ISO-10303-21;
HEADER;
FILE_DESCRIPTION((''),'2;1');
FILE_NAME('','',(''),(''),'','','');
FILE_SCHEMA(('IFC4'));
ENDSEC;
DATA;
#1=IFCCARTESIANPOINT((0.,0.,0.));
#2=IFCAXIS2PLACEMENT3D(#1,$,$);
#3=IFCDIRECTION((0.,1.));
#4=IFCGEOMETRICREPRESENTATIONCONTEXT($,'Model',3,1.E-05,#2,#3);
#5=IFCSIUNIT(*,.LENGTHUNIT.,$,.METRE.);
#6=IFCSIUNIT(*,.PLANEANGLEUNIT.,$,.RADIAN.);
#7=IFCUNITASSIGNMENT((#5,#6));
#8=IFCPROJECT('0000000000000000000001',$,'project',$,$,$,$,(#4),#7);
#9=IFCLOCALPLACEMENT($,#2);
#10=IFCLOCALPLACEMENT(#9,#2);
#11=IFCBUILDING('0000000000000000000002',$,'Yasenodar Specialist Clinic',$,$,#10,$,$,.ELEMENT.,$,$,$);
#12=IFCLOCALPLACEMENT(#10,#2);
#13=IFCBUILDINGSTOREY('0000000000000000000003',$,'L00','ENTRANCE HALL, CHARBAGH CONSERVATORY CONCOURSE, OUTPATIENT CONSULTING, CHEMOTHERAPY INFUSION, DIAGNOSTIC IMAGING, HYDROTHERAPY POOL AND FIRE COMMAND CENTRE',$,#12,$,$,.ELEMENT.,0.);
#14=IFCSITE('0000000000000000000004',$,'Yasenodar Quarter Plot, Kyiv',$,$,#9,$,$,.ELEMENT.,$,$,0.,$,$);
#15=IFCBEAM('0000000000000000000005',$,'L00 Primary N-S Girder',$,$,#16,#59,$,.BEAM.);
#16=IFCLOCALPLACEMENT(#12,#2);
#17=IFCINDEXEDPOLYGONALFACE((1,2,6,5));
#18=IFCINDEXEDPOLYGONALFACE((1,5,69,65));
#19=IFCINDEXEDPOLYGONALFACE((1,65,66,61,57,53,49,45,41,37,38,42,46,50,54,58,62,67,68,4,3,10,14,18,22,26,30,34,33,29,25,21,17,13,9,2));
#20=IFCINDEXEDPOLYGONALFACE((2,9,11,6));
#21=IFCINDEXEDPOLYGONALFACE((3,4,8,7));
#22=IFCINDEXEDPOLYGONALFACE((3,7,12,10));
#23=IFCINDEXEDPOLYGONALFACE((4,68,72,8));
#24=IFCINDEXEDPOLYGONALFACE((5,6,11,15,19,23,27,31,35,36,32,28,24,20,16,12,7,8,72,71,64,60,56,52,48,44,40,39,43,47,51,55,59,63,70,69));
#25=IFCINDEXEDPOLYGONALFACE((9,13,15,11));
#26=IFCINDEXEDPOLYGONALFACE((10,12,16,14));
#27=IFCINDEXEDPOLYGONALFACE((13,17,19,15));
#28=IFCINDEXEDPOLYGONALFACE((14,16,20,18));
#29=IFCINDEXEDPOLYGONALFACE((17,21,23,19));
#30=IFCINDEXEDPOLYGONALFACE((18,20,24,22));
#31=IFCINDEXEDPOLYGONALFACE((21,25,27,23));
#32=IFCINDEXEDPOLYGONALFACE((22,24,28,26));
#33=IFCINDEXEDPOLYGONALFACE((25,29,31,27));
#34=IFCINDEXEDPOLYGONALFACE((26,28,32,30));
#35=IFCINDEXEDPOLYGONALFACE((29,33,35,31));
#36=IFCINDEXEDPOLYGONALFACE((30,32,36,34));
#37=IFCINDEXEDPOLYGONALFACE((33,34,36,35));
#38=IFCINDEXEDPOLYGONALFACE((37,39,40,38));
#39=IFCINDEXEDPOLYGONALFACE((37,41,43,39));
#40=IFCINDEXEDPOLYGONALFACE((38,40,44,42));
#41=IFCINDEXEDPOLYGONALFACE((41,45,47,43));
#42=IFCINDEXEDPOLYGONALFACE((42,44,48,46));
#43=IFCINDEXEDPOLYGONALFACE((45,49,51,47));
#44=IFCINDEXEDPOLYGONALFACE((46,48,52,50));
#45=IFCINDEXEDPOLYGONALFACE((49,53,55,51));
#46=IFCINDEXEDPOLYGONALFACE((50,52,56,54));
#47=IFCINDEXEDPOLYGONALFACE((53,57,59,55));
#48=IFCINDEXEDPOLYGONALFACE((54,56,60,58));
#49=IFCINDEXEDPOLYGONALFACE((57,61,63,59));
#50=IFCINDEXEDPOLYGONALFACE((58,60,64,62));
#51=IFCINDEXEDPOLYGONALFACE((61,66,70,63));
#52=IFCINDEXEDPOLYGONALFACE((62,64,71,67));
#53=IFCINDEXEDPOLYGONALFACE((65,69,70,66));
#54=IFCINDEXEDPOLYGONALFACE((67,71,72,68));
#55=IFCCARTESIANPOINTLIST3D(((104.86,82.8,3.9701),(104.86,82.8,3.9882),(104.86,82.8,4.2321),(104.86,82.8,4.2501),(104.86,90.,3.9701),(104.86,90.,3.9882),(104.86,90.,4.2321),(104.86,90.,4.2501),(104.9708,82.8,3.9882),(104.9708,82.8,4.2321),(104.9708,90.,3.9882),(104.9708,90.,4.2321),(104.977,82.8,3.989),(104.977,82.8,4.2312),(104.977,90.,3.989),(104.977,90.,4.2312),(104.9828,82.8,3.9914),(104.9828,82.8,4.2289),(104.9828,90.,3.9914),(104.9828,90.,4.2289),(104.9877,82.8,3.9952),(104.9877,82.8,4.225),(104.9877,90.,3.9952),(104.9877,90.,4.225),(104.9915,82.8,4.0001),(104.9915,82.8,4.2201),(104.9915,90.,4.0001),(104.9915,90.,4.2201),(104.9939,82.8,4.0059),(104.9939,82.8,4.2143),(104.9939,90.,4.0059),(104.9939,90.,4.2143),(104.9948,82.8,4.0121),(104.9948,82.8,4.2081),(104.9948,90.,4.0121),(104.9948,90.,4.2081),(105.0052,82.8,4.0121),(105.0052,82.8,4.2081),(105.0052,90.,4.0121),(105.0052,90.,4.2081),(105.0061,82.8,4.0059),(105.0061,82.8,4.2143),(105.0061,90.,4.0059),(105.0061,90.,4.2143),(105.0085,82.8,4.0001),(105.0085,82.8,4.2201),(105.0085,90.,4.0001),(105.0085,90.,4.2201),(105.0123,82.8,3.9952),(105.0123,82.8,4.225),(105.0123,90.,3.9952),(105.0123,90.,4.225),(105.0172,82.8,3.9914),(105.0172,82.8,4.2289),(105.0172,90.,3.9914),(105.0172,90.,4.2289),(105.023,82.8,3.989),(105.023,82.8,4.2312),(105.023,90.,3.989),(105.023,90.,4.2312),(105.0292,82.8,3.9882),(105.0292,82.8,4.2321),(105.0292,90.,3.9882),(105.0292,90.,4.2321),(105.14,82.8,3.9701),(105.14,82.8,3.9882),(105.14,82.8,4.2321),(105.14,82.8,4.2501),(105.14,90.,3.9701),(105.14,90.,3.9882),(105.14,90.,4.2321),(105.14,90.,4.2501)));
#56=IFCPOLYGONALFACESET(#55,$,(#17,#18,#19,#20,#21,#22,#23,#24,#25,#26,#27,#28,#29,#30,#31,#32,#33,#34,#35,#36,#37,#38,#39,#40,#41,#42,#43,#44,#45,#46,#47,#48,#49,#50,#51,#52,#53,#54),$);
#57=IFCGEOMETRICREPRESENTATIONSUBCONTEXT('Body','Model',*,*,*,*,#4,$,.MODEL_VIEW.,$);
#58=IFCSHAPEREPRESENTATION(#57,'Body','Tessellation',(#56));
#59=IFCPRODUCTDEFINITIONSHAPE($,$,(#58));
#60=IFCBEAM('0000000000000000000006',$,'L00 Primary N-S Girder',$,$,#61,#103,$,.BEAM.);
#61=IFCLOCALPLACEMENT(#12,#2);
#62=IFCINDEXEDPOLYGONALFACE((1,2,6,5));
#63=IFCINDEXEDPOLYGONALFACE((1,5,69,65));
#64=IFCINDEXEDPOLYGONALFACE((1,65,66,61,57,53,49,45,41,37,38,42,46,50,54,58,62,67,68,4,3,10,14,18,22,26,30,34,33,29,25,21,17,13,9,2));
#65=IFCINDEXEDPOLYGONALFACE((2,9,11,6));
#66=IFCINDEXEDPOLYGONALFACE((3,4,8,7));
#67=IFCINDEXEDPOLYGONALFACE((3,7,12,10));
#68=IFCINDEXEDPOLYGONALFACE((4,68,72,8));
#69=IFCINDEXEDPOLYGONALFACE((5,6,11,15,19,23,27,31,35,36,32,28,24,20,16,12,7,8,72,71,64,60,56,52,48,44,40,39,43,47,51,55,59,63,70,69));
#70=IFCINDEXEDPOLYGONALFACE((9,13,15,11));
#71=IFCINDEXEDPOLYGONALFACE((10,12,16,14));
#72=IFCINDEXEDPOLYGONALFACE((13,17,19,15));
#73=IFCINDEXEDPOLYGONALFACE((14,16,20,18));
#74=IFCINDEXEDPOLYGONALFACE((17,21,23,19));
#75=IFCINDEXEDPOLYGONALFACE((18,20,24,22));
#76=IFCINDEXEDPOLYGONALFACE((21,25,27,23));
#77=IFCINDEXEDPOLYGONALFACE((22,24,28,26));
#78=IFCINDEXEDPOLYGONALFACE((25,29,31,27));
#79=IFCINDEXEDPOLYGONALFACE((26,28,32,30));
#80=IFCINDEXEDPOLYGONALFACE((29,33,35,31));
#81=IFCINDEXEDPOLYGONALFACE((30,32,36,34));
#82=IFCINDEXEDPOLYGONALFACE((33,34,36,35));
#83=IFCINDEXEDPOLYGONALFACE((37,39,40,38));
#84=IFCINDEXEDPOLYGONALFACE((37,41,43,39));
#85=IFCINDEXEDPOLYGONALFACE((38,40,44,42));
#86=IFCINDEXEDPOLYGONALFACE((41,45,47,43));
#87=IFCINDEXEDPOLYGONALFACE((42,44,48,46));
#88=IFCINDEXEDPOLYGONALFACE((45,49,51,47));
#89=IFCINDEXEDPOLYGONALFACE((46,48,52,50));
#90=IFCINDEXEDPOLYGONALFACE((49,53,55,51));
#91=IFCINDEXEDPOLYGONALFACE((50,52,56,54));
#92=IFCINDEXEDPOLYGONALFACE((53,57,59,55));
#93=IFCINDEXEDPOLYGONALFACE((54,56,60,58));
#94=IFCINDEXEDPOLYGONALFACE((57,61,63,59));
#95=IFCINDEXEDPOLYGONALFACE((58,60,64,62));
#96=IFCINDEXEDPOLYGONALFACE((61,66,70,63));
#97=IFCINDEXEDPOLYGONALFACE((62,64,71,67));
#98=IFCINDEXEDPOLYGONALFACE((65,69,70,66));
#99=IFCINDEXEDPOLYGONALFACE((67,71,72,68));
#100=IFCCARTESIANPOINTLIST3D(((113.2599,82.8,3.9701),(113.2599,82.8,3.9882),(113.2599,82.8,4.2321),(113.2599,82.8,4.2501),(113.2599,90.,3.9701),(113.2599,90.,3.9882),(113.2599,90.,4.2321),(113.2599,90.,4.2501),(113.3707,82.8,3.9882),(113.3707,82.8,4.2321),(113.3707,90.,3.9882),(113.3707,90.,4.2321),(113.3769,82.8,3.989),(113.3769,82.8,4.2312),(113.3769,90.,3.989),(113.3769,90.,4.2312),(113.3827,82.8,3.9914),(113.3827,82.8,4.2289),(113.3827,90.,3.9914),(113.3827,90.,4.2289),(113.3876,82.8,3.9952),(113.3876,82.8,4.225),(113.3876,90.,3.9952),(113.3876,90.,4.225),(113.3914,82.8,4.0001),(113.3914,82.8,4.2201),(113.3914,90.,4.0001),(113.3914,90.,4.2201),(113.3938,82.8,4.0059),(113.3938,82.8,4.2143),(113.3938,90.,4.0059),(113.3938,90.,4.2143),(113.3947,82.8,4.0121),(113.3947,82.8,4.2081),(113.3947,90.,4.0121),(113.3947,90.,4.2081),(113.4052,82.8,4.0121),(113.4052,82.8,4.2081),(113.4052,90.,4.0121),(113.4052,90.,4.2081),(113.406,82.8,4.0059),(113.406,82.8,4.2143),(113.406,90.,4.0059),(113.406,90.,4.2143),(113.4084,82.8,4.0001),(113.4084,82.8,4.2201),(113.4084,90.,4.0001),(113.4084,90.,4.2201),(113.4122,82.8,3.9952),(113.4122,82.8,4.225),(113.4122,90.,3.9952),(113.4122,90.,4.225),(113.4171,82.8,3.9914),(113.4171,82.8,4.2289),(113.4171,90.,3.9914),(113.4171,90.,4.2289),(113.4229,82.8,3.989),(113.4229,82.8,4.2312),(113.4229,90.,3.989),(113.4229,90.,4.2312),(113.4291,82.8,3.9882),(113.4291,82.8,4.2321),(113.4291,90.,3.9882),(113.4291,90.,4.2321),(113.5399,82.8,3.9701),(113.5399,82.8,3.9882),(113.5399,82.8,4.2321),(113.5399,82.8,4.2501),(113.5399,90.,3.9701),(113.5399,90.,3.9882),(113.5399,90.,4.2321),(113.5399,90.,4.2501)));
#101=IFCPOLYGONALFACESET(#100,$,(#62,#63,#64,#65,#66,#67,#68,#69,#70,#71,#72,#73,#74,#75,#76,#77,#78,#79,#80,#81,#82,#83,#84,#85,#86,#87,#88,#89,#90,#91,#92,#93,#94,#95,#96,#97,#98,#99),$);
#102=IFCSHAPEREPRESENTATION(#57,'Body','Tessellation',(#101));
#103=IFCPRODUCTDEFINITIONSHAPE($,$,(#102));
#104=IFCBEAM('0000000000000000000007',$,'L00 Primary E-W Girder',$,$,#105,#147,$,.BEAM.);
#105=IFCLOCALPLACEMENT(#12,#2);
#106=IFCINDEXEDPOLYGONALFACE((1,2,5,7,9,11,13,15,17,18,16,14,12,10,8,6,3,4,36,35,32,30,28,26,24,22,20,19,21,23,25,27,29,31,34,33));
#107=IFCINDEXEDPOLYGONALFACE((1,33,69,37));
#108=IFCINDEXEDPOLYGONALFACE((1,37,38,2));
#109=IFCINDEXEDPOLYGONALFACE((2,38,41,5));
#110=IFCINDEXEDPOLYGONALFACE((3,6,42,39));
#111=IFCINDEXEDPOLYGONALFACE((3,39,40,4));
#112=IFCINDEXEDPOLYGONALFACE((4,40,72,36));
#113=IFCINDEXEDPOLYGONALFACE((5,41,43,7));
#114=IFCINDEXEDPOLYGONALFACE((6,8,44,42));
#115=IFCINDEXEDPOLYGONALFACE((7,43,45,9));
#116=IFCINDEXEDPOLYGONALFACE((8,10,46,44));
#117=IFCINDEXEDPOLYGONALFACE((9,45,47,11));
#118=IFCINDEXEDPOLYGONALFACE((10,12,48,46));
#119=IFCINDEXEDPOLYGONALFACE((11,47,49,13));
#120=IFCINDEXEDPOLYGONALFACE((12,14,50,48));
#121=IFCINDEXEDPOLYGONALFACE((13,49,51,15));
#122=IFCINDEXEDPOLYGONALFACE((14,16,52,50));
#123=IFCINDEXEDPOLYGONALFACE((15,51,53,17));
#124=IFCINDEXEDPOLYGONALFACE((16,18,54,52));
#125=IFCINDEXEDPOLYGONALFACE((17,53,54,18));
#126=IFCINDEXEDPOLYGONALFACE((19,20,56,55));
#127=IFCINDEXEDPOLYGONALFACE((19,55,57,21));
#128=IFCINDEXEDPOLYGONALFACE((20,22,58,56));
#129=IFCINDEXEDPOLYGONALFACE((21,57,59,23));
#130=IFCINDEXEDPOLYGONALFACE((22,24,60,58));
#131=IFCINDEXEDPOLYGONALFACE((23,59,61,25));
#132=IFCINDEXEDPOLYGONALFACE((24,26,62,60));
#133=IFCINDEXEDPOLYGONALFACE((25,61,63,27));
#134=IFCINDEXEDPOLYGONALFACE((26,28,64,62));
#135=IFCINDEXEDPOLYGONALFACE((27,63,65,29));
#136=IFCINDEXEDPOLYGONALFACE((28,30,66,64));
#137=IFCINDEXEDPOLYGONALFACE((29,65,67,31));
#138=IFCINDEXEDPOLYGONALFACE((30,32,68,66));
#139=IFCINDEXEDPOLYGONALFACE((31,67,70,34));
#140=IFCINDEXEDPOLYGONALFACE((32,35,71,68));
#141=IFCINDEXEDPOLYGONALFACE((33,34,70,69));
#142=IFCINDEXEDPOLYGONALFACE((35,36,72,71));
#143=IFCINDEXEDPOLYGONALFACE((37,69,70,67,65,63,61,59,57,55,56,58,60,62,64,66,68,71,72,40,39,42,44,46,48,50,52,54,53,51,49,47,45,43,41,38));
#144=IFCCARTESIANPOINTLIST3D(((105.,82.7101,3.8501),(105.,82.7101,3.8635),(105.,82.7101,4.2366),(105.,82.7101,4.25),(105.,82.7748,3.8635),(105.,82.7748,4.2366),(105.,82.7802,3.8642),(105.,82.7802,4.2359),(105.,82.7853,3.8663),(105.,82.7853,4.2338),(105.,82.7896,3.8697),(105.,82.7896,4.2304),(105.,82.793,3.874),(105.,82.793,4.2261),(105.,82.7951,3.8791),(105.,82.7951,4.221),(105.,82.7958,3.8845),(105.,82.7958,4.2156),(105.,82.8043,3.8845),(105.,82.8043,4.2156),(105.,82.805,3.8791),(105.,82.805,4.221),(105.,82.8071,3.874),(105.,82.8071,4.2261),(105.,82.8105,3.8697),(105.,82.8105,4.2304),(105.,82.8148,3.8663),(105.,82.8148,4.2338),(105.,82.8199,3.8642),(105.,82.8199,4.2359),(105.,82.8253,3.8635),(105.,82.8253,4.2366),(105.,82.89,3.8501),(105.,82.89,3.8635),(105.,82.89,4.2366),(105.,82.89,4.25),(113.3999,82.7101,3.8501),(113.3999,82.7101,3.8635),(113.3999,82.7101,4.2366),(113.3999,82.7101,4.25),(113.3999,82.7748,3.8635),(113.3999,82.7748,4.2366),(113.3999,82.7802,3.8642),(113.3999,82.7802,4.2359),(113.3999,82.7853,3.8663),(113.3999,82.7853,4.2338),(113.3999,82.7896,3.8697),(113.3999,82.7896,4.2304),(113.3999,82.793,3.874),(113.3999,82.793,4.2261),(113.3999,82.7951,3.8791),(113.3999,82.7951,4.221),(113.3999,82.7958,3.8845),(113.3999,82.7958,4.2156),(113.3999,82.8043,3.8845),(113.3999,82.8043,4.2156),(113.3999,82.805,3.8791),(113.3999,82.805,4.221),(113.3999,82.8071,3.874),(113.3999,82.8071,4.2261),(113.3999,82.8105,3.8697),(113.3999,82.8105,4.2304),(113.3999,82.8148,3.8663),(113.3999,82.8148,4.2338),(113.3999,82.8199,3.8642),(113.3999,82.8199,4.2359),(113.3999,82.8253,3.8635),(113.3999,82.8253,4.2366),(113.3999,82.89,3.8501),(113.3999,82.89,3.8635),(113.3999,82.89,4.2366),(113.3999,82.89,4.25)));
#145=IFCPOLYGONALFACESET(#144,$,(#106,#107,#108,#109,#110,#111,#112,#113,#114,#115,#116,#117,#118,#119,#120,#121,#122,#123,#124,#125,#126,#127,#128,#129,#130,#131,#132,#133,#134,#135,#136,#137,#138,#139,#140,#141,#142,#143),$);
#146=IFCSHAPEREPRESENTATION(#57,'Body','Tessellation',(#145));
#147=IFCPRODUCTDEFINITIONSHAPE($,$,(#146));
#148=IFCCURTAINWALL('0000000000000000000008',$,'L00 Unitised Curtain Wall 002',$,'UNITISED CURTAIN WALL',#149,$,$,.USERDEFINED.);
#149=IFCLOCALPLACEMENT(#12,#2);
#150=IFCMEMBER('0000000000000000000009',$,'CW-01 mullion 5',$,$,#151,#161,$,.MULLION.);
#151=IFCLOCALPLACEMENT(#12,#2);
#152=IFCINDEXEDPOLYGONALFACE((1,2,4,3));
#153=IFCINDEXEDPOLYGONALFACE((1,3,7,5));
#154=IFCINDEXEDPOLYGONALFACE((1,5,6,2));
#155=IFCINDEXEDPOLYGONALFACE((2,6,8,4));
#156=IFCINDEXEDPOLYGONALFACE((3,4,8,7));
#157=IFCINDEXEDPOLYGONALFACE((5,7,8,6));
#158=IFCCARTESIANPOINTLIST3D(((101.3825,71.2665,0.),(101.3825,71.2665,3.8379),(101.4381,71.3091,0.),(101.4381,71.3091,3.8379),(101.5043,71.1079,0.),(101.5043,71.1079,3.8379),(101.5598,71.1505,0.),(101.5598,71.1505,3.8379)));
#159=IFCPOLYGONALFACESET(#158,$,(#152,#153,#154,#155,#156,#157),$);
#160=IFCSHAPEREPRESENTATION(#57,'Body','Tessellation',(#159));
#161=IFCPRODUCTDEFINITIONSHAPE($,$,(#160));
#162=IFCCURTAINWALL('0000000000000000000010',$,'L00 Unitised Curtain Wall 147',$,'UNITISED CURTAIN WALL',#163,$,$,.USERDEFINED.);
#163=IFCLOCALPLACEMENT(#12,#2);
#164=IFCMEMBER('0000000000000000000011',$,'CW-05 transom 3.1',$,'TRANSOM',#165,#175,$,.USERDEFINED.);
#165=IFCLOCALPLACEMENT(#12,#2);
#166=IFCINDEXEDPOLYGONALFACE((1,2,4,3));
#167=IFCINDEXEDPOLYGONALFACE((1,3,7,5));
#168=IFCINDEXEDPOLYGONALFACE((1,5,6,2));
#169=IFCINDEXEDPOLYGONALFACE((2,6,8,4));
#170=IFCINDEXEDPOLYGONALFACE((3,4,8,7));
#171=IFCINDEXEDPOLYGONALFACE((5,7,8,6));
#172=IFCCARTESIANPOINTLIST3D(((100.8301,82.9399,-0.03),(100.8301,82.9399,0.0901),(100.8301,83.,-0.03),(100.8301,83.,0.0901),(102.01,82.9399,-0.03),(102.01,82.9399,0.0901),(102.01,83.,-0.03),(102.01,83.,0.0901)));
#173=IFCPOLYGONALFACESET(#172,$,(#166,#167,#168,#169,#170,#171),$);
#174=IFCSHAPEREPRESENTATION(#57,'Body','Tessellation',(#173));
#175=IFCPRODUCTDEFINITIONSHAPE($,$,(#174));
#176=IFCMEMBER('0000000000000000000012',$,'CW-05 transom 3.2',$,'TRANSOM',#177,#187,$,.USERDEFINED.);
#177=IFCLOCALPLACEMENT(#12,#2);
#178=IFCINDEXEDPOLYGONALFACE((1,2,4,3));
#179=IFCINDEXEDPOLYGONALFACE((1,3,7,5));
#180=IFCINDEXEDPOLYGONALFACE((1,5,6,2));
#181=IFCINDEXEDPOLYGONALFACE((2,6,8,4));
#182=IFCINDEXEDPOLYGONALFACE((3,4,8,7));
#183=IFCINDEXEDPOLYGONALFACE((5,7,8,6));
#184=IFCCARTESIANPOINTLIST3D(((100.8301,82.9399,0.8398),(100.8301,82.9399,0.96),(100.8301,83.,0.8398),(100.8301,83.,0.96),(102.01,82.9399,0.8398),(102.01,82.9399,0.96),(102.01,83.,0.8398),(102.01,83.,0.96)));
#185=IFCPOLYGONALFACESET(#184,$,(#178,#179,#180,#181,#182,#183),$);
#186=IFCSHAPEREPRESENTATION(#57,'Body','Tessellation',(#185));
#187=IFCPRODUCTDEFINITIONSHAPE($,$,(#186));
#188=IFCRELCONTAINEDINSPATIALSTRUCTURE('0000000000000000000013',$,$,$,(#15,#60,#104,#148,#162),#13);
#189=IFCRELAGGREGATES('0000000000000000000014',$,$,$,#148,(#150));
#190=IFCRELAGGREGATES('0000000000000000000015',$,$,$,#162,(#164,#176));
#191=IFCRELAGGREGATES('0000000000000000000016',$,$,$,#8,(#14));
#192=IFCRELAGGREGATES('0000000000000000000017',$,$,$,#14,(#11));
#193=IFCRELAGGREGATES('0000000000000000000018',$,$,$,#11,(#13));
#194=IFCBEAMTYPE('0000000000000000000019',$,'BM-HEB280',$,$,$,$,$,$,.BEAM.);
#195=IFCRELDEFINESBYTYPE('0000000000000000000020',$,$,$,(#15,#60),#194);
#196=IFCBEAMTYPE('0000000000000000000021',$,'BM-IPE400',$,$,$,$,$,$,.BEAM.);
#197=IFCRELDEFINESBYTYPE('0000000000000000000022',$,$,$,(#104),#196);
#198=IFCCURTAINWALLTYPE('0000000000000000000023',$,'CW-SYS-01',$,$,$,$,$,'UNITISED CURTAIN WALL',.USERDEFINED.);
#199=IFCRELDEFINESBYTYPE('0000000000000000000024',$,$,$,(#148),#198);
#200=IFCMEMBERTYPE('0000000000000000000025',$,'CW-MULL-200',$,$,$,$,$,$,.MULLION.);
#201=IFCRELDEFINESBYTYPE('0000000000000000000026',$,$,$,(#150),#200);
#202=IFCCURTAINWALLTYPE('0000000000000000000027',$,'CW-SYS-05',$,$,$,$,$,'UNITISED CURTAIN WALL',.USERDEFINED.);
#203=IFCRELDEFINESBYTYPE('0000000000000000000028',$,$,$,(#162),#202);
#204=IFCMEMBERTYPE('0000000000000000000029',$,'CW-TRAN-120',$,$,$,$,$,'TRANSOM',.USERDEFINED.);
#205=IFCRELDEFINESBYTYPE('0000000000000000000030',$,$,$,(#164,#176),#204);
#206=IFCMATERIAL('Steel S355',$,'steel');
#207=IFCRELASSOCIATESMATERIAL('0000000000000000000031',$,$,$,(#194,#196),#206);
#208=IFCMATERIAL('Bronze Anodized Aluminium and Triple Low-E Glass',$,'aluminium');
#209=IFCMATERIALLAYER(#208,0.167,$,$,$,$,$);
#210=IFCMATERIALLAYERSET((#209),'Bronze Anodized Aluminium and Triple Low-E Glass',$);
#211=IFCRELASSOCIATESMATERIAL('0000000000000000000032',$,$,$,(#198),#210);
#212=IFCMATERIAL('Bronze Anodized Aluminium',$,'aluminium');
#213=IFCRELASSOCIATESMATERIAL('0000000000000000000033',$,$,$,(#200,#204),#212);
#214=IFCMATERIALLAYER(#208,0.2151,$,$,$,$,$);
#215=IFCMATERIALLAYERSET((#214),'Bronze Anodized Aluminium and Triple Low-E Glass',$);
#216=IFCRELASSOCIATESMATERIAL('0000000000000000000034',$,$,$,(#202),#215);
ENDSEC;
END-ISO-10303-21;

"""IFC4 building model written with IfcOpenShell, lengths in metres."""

from ifc_helpers import new_model, si_unit, direction, frame, origin, origin_2d, place, context, subcontext, project, spatial, rectangle, i_section, extrude, material, layer, layer_set, material_profile, profile_set, type_object, element, aggregate, save


model = new_model("IFC4")

# Units and contexts
model_context = context("Model", 3, precision=1e-05, world=origin(), true_north=direction((0.0, 1.0)))
body_context = subcontext(model_context, "Body", "Model", "MODEL_VIEW")
ifc_project = project(units=[si_unit("LENGTHUNIT", "METRE"), si_unit("PLANEANGLEUNIT", "RADIAN")], contexts=[model_context])

# Site, building, storey
site_placement = place(None, origin())
site = spatial("IfcSite", under=ifc_project, at=site_placement, Name="Yasenodar Quarter Plot, Kyiv", CompositionType="ELEMENT", RefElevation=0.0)
building_placement = place(site_placement, origin())
building = spatial("IfcBuilding", under=site, at=building_placement, Name="Yasenodar Specialist Clinic", CompositionType="ELEMENT")
storey_placement = place(building_placement, origin())
storey = spatial("IfcBuildingStorey", under=building, at=storey_placement, Name="L00", Description="ENTRANCE HALL, CHARBAGH CONSERVATORY CONCOURSE, OUTPATIENT CONSULTING, CHEMOTHERAPY INFUSION, DIAGNOSTIC IMAGING, HYDROTHERAPY POOL AND FIRE COMMAND CENTRE", CompositionType="ELEMENT", Elevation=0.0)

# Shared definitions
ifc_material_1 = material(Name="Steel S355", Category="steel")

# Beams
ifc_material_profile_1 = material_profile(ifc_material_1, i_section(OverallWidth=0.28, OverallDepth=0.28, WebThickness=0.0105, FlangeThickness=0.0181, FilletRadius=0.0239, at=origin_2d()), Name="HEB 280")
ifc_profile_set_1 = profile_set([ifc_material_profile_1], Name="Steel S355")
beam_type_1 = type_object("IfcBeamType", Name="BM-HEB280", PredefinedType="BEAM", material=ifc_profile_set_1)
for number, where, z_axis, x_axis, name in (
    (1, (105.0, 82.8, 4.1101), (0.0, 1.0, 0.0), (-1.0, 0.0, 0.0), "L00 Primary N-S Girder"),
    (2, (113.3999, 82.8, 4.1101), (0.0, 1.0, 0.0), (-1.0, 0.0, 0.0), "L00 Primary N-S Girder"),
):
    element("IfcBeam", number, at=place(storey_placement, frame(where, z_axis=z_axis, x_axis=x_axis)), inside=storey, type_object=beam_type_1, Name=name, PredefinedType="BEAM", context=body_context, shape_type="SweptSolid", body=[
        extrude(i_section(OverallWidth=0.28, OverallDepth=0.28, WebThickness=0.0105, FlangeThickness=0.0181, FilletRadius=0.0239, at=origin_2d()), origin(), (0.0, 0.0, 1.0), 7.2),
    ])
ifc_material_profile_2 = material_profile(ifc_material_1, i_section(OverallWidth=0.1799, OverallDepth=0.3999, WebThickness=0.0085, FlangeThickness=0.0134, FilletRadius=0.021, at=origin_2d()), Name="IPE 400")
ifc_profile_set_2 = profile_set([ifc_material_profile_2], Name="Steel S355")
beam_type_2 = type_object("IfcBeamType", Name="BM-IPE400", PredefinedType="BEAM", material=ifc_profile_set_2)
beam_1_placement = place(storey_placement, frame((105.0, 82.8, 4.05), z_axis=(1.0, 0.0, 0.0), x_axis=(0.0, 1.0, 0.0)))
element("IfcBeam", 3, at=beam_1_placement, inside=storey, type_object=beam_type_2, Name="L00 Primary E-W Girder", PredefinedType="BEAM", context=body_context, shape_type="SweptSolid", body=[
    extrude(i_section(OverallWidth=0.1799, OverallDepth=0.3999, WebThickness=0.0085, FlangeThickness=0.0134, FilletRadius=0.021, at=origin_2d()), origin(), (0.0, 0.0, 1.0), 8.3999),
])

# Curtain wall, member
ifc_material_2 = material(Name="Bronze Anodized Aluminium and Triple Low-E Glass", Category="aluminium")
ifc_layer_1 = layer(ifc_material_2, 0.167)
ifc_layer_set_1 = layer_set([ifc_layer_1], Name="Bronze Anodized Aluminium and Triple Low-E Glass")
curtain_wall_type_1 = type_object("IfcCurtainWallType", Name="CW-SYS-01", ElementType="UNITISED CURTAIN WALL", PredefinedType="USERDEFINED", material=ifc_layer_set_1)
curtain_wall_1_placement = place(storey_placement, origin())
curtain_wall_1 = element("IfcCurtainWall", 4, at=curtain_wall_1_placement, inside=storey, type_object=curtain_wall_type_1, Name="L00 Unitised Curtain Wall 002", ObjectType="UNITISED CURTAIN WALL", PredefinedType="USERDEFINED")
ifc_material_3 = material(Name="Bronze Anodized Aluminium", Category="aluminium")
ifc_material_profile_3 = material_profile(ifc_material_3, rectangle(XDim=0.0701, YDim=0.2, at=origin_2d()), Name="CW-MULL 70x200")
ifc_profile_set_3 = profile_set([ifc_material_profile_3], Name="Bronze Anodized Aluminium")
member_type_1 = type_object("IfcMemberType", Name="CW-MULL-200", PredefinedType="MULLION", material=ifc_profile_set_3)
member_1_placement = place(storey_placement, frame((101.4712, 71.2085, 0.0), z_axis=(0.0, 0.0, 1.0), x_axis=(0.793361, 0.608752, 0.0)))
member_1 = element("IfcMember", 5, at=member_1_placement, type_object=member_type_1, Name="CW-01 mullion 5", PredefinedType="MULLION", context=body_context, shape_type="SweptSolid", body=[
    extrude(rectangle(XDim=0.0701, YDim=0.2, at=origin_2d()), origin(), (0.0, 0.0, 1.0), 3.8379),
])

# Curtain wall, members
ifc_layer_2 = layer(ifc_material_2, 0.2151)
ifc_layer_set_2 = layer_set([ifc_layer_2], Name="Bronze Anodized Aluminium and Triple Low-E Glass")
curtain_wall_type_2 = type_object("IfcCurtainWallType", Name="CW-SYS-05", ElementType="UNITISED CURTAIN WALL", PredefinedType="USERDEFINED", material=ifc_layer_set_2)
curtain_wall_2_placement = place(storey_placement, origin())
curtain_wall_2 = element("IfcCurtainWall", 6, at=curtain_wall_2_placement, inside=storey, type_object=curtain_wall_type_2, Name="L00 Unitised Curtain Wall 147", ObjectType="UNITISED CURTAIN WALL", PredefinedType="USERDEFINED")
ifc_material_profile_4 = material_profile(ifc_material_3, rectangle(XDim=0.0601, YDim=0.1201, at=origin_2d()), Name="CW-TRAN 60x120")
ifc_profile_set_4 = profile_set([ifc_material_profile_4], Name="Bronze Anodized Aluminium")
member_type_2 = type_object("IfcMemberType", Name="CW-TRAN-120", ElementType="TRANSOM", PredefinedType="USERDEFINED", material=ifc_profile_set_4)
member_2_placement = place(storey_placement, frame((102.01, 82.97, 0.03), z_axis=(-1.0, 0.0, 0.0), x_axis=(0.0, -1.0, 0.0)))
member_2 = element("IfcMember", 7, at=member_2_placement, type_object=member_type_2, Name="CW-05 transom 3.1", ObjectType="TRANSOM", PredefinedType="USERDEFINED", context=body_context, shape_type="SweptSolid", body=[
    extrude(rectangle(XDim=0.0601, YDim=0.1201, at=origin_2d()), origin(), (0.0, 0.0, 1.0), 1.1799),
])
member_3_placement = place(storey_placement, frame((102.01, 82.97, 0.8999), z_axis=(-1.0, 0.0, 0.0), x_axis=(0.0, -1.0, 0.0)))
member_3 = element("IfcMember", 8, at=member_3_placement, type_object=member_type_2, Name="CW-05 transom 3.2", ObjectType="TRANSOM", PredefinedType="USERDEFINED", context=body_context, shape_type="SweptSolid", body=[
    extrude(rectangle(XDim=0.0601, YDim=0.1201, at=origin_2d()), origin(), (0.0, 0.0, 1.0), 1.1799),
])

aggregate(curtain_wall_1, [member_1])
aggregate(curtain_wall_2, [member_2, member_3])

save(model, "model.ifc")
